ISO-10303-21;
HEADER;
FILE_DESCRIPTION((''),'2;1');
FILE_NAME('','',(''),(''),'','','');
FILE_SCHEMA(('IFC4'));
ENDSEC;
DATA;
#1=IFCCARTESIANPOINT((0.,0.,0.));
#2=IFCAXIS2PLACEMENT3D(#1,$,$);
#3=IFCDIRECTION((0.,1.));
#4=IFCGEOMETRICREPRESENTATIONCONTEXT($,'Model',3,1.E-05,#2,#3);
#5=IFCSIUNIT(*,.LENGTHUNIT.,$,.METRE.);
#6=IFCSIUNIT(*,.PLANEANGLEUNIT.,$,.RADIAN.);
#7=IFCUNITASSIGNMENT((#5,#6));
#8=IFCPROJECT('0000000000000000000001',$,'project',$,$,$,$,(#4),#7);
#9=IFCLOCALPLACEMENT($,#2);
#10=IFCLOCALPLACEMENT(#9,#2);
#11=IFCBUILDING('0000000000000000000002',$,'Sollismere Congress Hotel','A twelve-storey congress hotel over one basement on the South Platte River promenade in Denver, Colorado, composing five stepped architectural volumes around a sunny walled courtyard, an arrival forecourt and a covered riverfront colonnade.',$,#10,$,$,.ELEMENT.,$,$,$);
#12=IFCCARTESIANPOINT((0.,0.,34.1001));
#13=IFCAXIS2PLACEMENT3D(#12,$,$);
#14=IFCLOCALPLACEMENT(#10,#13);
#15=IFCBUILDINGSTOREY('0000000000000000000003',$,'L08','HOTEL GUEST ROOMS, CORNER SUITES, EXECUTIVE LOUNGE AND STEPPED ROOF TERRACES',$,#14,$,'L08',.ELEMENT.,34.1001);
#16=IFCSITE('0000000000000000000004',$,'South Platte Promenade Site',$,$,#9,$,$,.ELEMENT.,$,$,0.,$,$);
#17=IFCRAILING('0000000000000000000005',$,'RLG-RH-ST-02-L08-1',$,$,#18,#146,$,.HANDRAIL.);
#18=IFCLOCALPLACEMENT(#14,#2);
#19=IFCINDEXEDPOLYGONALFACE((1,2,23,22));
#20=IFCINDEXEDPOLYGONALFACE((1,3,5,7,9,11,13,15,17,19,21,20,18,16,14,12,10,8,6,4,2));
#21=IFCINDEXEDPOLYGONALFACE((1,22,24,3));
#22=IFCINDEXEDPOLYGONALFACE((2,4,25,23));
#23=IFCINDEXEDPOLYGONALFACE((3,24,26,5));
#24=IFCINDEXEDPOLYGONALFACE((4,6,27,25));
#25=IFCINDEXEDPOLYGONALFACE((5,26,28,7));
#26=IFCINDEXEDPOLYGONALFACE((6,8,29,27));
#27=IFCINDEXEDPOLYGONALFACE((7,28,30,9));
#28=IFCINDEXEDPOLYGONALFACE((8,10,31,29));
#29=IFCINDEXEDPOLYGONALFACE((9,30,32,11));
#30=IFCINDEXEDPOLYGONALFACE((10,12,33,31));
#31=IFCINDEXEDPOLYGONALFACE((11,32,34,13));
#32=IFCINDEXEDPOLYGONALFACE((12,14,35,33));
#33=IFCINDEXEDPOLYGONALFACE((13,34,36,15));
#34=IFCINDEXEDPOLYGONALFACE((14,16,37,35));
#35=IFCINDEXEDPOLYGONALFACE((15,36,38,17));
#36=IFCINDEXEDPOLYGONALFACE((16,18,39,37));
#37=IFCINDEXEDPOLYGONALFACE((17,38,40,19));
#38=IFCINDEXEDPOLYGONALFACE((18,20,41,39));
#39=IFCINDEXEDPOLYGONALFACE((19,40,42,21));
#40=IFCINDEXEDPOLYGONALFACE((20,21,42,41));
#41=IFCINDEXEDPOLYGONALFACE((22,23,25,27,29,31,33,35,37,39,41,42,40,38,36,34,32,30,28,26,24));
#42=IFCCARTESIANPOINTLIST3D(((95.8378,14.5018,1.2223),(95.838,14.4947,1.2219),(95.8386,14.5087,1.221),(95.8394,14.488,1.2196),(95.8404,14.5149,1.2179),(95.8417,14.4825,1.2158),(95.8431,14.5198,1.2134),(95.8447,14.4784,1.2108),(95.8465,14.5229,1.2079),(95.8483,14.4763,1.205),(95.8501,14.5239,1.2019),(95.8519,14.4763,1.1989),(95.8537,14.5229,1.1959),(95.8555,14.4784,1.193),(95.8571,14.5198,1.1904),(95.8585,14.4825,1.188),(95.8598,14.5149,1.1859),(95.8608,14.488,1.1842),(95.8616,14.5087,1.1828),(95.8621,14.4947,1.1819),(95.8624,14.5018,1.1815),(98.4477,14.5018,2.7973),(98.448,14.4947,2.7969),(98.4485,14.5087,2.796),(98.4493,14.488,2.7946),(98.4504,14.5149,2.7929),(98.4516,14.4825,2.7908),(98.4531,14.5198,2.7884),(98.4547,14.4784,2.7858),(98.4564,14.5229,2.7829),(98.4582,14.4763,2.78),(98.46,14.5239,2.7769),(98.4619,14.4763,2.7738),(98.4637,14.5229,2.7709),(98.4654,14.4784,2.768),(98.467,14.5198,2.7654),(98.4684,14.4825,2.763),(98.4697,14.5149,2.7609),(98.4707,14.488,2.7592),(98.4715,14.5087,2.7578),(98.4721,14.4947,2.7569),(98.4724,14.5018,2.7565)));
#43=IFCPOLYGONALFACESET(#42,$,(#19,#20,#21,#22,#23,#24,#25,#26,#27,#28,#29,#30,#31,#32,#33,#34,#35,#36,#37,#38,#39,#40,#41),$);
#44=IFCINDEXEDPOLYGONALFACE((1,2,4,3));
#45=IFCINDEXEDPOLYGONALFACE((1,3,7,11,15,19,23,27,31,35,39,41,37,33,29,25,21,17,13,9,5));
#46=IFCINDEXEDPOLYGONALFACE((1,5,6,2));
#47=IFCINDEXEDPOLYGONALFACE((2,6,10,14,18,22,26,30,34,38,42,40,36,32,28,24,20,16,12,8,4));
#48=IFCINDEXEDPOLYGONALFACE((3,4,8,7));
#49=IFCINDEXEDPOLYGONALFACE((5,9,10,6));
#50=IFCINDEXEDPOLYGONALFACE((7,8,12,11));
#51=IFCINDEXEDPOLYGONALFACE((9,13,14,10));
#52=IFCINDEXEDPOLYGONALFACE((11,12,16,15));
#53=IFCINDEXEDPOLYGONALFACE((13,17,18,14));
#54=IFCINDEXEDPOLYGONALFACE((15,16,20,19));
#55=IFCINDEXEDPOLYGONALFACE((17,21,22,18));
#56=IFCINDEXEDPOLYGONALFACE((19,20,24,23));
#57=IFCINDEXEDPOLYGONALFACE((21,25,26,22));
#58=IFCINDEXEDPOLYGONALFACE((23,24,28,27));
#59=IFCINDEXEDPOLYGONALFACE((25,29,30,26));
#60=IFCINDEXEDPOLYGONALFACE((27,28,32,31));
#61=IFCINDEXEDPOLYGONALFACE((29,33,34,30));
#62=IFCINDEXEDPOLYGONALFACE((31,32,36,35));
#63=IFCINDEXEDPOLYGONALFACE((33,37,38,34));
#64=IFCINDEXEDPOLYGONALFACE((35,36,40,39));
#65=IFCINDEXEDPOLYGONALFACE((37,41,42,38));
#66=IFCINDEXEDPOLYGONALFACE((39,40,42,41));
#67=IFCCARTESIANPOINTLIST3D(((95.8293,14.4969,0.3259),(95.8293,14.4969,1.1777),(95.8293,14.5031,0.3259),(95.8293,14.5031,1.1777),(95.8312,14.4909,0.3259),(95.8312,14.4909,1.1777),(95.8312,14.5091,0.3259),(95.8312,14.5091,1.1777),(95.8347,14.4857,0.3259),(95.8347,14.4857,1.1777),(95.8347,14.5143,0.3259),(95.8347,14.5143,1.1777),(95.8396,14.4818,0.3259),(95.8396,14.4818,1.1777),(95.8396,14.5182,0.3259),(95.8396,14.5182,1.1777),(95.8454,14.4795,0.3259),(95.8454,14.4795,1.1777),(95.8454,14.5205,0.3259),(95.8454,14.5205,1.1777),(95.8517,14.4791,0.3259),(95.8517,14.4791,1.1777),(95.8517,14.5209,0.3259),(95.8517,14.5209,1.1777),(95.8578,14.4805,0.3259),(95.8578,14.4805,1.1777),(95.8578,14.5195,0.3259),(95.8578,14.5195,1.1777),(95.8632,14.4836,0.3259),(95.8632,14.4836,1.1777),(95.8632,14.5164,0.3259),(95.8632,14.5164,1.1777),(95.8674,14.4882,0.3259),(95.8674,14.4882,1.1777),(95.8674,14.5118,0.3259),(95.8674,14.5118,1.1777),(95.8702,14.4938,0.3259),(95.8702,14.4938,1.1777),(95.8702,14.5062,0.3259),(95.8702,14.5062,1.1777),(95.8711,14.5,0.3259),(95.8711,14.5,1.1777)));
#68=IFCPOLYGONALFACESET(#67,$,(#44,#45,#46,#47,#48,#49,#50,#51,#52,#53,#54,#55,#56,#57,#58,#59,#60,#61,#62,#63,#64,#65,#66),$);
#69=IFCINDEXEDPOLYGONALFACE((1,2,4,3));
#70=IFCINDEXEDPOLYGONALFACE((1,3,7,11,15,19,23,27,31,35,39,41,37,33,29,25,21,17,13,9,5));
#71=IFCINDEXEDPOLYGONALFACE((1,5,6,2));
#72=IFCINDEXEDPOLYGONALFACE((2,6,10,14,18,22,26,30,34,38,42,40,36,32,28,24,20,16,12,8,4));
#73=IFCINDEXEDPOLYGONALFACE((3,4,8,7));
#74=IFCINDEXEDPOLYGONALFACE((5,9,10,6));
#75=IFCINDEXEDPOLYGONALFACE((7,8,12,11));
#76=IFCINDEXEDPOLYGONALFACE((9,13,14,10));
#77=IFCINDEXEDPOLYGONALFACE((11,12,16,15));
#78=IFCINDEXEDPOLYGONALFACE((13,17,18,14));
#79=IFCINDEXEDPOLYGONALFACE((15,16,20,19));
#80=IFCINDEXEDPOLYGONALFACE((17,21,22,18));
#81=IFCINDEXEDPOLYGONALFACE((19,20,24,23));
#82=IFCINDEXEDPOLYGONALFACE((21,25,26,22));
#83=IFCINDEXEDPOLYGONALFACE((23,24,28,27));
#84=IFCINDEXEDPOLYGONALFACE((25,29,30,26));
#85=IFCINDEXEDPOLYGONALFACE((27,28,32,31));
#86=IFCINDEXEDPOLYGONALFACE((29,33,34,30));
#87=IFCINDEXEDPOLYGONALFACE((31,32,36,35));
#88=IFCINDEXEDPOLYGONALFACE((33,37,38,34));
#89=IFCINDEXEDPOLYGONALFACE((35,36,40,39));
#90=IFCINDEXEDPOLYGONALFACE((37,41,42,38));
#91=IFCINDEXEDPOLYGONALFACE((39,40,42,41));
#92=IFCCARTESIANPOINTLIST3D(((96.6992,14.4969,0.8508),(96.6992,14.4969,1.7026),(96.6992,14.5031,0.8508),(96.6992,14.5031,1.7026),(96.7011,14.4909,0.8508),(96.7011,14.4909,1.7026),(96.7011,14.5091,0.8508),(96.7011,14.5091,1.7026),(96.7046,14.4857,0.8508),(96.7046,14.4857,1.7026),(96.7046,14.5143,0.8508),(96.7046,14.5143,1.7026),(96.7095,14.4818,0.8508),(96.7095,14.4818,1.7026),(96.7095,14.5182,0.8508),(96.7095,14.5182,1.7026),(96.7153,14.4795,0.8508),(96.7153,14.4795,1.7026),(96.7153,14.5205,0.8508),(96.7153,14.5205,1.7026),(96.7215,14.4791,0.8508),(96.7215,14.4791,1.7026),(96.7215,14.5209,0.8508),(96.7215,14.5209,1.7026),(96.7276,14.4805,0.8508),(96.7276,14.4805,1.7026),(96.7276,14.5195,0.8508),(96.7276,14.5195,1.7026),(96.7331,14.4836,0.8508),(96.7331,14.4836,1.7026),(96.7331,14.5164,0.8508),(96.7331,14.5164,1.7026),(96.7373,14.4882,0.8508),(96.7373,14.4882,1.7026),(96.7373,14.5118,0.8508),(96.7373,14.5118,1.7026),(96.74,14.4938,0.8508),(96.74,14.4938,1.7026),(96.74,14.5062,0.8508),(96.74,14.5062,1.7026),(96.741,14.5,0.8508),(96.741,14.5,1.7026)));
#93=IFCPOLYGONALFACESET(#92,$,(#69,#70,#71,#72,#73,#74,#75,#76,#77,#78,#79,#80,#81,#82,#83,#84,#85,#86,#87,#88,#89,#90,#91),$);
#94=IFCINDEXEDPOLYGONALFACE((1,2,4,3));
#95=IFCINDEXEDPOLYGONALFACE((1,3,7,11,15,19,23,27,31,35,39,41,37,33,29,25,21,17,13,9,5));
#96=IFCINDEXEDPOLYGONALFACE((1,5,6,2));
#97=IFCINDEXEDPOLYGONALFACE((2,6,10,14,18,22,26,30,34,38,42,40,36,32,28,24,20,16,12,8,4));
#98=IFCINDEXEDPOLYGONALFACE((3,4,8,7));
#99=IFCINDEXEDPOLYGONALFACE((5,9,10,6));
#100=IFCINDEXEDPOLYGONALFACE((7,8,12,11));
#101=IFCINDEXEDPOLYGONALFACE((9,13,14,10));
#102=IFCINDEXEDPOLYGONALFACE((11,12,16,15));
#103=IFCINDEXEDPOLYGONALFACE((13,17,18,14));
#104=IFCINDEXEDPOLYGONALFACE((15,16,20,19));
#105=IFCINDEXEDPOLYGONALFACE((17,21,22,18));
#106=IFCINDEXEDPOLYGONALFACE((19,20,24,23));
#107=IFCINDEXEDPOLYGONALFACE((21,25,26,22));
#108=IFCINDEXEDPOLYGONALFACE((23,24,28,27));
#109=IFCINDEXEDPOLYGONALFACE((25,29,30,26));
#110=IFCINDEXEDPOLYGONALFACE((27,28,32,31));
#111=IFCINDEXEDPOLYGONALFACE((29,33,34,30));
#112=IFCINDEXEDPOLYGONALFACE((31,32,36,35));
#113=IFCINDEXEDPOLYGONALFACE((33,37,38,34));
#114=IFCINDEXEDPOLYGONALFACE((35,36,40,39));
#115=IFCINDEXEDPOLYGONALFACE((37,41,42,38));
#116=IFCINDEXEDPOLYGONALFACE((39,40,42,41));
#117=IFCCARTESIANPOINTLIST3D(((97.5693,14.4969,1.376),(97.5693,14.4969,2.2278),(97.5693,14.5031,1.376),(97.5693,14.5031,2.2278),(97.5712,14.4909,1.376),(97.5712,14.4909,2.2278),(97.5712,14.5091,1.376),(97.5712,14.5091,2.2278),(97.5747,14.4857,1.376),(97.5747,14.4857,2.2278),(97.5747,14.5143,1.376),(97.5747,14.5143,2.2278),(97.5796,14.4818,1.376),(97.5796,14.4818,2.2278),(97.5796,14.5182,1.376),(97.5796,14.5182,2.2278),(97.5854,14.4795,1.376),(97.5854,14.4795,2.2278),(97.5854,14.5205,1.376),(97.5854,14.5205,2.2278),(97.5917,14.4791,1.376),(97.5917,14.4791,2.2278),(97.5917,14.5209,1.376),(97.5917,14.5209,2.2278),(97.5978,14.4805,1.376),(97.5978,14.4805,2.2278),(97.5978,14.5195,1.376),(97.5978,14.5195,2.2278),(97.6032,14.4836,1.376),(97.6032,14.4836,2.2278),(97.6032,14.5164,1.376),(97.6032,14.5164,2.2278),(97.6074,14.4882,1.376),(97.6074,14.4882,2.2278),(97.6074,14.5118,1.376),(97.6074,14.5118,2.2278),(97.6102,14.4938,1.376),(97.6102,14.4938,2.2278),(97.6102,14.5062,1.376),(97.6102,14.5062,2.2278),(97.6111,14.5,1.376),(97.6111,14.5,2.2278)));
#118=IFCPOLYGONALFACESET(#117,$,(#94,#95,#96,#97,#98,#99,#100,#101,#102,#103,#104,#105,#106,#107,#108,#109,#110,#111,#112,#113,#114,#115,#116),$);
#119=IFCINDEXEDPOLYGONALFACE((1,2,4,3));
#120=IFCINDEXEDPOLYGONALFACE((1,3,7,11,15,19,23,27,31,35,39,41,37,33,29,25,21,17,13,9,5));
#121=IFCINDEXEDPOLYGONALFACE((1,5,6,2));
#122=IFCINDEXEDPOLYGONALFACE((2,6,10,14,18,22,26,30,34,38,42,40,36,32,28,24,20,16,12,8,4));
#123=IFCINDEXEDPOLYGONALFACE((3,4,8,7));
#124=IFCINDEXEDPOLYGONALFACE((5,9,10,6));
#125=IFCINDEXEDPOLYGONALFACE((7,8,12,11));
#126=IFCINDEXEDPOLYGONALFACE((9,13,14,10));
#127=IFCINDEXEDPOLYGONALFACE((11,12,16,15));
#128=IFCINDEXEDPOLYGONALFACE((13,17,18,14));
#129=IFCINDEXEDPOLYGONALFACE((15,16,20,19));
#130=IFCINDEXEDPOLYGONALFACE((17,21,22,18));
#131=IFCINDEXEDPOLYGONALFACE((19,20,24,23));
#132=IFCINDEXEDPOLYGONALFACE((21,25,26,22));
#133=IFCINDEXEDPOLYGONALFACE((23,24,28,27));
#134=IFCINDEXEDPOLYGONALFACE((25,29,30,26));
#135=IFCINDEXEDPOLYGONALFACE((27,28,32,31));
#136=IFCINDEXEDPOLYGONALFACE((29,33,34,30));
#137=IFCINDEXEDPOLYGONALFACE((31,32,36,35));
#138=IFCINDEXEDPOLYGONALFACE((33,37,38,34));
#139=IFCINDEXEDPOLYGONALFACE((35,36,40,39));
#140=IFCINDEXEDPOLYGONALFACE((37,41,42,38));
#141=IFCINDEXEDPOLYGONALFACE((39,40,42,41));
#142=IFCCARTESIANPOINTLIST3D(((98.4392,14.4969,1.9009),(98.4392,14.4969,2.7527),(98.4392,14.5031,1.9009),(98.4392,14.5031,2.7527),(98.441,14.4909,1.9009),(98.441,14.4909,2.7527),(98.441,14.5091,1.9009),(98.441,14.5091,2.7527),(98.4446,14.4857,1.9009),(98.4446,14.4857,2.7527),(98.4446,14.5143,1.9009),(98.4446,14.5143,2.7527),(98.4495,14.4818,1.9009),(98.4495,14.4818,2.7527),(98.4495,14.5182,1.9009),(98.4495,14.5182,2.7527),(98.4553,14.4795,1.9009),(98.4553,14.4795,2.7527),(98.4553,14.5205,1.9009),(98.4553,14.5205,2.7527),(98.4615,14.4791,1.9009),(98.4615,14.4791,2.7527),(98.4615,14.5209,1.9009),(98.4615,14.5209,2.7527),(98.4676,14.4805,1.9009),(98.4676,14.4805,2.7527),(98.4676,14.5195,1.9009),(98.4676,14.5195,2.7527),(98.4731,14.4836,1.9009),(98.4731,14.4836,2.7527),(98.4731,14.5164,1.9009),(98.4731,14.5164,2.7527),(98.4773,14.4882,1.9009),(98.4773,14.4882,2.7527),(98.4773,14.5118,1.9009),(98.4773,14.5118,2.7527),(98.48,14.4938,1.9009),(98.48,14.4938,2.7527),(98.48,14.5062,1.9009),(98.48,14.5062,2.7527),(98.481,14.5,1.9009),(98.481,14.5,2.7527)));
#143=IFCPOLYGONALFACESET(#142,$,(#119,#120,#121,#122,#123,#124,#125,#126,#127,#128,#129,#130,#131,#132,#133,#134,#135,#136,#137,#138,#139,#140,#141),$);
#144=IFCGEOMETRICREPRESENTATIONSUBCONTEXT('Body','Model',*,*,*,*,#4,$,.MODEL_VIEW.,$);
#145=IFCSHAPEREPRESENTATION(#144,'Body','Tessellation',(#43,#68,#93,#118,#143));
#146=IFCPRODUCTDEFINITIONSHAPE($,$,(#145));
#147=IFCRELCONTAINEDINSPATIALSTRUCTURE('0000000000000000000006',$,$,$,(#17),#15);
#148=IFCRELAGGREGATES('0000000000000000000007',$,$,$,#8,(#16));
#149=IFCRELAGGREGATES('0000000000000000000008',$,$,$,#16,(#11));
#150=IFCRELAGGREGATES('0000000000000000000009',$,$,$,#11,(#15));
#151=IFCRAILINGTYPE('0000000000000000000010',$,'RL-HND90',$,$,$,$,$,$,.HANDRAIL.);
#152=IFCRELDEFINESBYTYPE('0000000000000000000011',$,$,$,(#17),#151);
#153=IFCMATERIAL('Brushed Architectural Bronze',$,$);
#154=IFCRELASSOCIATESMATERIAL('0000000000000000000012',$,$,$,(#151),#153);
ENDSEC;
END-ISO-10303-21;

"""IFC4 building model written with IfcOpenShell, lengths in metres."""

from ifc_helpers import new_model, si_unit, direction, frame, origin, origin_2d, place, context, subcontext, project, spatial, circle, extrude, material, type_object, element, save


model = new_model("IFC4")

# Units and contexts
model_context = context("Model", 3, precision=1e-05, world=origin(), true_north=direction((0.0, 1.0)))
body_context = subcontext(model_context, "Body", "Model", "MODEL_VIEW")
ifc_project = project(units=[si_unit("LENGTHUNIT", "METRE"), si_unit("PLANEANGLEUNIT", "RADIAN")], contexts=[model_context])

# Site, building, storey
site_placement = place(None, origin())
site = spatial("IfcSite", under=ifc_project, at=site_placement, Name="South Platte Promenade Site", CompositionType="ELEMENT", RefElevation=0.0)
building_placement = place(site_placement, origin())
building = spatial("IfcBuilding", under=site, at=building_placement, Name="Sollismere Congress Hotel", Description="A twelve-storey congress hotel over one basement on the South Platte River promenade in Denver, Colorado, composing five stepped architectural volumes around a sunny walled courtyard, an arrival forecourt and a covered riverfront colonnade.", CompositionType="ELEMENT")
storey_placement = place(building_placement, frame((0.0, 0.0, 34.1001)))
storey = spatial("IfcBuildingStorey", under=building, at=storey_placement, Name="L08", Description="HOTEL GUEST ROOMS, CORNER SUITES, EXECUTIVE LOUNGE AND STEPPED ROOF TERRACES", LongName="L08", CompositionType="ELEMENT", Elevation=34.1001)

# Railing
ifc_material_1 = material(Name="Brushed Architectural Bronze")
railing_type_1 = type_object("IfcRailingType", Name="RL-HND90", PredefinedType="HANDRAIL", material=ifc_material_1)
railing_1_placement = place(storey_placement, frame((95.8501, 14.5, 0.3259)))
element("IfcRailing", 1, at=railing_1_placement, inside=storey, type_object=railing_type_1, Name="RLG-RH-ST-02-L08-1", PredefinedType="HANDRAIL", context=body_context, shape_type="SweptSolid", body=[
    extrude(circle(Radius=0.0239, at=origin_2d()), frame((0.0, 0.0, 0.876), z_axis=(0.856183, 0.0, 0.516673), x_axis=(0.0, 1.0, 0.0)), (0.0, 0.0, 1.0), 3.0483),
    extrude(circle(Radius=0.021, at=origin_2d()), origin(), (0.0, 0.0, 1.0), 0.8518),
    extrude(circle(Radius=0.021, at=origin_2d()), frame((0.8699, 0.0, 0.5249)), (0.0, 0.0, 1.0), 0.8518),
    extrude(circle(Radius=0.021, at=origin_2d()), frame((1.74, 0.0, 1.05)), (0.0, 0.0, 1.0), 0.8518),
    extrude(circle(Radius=0.021, at=origin_2d()), frame((2.6099, 0.0, 1.575)), (0.0, 0.0, 1.0), 0.8518),
])

save(model, "model.ifc")
